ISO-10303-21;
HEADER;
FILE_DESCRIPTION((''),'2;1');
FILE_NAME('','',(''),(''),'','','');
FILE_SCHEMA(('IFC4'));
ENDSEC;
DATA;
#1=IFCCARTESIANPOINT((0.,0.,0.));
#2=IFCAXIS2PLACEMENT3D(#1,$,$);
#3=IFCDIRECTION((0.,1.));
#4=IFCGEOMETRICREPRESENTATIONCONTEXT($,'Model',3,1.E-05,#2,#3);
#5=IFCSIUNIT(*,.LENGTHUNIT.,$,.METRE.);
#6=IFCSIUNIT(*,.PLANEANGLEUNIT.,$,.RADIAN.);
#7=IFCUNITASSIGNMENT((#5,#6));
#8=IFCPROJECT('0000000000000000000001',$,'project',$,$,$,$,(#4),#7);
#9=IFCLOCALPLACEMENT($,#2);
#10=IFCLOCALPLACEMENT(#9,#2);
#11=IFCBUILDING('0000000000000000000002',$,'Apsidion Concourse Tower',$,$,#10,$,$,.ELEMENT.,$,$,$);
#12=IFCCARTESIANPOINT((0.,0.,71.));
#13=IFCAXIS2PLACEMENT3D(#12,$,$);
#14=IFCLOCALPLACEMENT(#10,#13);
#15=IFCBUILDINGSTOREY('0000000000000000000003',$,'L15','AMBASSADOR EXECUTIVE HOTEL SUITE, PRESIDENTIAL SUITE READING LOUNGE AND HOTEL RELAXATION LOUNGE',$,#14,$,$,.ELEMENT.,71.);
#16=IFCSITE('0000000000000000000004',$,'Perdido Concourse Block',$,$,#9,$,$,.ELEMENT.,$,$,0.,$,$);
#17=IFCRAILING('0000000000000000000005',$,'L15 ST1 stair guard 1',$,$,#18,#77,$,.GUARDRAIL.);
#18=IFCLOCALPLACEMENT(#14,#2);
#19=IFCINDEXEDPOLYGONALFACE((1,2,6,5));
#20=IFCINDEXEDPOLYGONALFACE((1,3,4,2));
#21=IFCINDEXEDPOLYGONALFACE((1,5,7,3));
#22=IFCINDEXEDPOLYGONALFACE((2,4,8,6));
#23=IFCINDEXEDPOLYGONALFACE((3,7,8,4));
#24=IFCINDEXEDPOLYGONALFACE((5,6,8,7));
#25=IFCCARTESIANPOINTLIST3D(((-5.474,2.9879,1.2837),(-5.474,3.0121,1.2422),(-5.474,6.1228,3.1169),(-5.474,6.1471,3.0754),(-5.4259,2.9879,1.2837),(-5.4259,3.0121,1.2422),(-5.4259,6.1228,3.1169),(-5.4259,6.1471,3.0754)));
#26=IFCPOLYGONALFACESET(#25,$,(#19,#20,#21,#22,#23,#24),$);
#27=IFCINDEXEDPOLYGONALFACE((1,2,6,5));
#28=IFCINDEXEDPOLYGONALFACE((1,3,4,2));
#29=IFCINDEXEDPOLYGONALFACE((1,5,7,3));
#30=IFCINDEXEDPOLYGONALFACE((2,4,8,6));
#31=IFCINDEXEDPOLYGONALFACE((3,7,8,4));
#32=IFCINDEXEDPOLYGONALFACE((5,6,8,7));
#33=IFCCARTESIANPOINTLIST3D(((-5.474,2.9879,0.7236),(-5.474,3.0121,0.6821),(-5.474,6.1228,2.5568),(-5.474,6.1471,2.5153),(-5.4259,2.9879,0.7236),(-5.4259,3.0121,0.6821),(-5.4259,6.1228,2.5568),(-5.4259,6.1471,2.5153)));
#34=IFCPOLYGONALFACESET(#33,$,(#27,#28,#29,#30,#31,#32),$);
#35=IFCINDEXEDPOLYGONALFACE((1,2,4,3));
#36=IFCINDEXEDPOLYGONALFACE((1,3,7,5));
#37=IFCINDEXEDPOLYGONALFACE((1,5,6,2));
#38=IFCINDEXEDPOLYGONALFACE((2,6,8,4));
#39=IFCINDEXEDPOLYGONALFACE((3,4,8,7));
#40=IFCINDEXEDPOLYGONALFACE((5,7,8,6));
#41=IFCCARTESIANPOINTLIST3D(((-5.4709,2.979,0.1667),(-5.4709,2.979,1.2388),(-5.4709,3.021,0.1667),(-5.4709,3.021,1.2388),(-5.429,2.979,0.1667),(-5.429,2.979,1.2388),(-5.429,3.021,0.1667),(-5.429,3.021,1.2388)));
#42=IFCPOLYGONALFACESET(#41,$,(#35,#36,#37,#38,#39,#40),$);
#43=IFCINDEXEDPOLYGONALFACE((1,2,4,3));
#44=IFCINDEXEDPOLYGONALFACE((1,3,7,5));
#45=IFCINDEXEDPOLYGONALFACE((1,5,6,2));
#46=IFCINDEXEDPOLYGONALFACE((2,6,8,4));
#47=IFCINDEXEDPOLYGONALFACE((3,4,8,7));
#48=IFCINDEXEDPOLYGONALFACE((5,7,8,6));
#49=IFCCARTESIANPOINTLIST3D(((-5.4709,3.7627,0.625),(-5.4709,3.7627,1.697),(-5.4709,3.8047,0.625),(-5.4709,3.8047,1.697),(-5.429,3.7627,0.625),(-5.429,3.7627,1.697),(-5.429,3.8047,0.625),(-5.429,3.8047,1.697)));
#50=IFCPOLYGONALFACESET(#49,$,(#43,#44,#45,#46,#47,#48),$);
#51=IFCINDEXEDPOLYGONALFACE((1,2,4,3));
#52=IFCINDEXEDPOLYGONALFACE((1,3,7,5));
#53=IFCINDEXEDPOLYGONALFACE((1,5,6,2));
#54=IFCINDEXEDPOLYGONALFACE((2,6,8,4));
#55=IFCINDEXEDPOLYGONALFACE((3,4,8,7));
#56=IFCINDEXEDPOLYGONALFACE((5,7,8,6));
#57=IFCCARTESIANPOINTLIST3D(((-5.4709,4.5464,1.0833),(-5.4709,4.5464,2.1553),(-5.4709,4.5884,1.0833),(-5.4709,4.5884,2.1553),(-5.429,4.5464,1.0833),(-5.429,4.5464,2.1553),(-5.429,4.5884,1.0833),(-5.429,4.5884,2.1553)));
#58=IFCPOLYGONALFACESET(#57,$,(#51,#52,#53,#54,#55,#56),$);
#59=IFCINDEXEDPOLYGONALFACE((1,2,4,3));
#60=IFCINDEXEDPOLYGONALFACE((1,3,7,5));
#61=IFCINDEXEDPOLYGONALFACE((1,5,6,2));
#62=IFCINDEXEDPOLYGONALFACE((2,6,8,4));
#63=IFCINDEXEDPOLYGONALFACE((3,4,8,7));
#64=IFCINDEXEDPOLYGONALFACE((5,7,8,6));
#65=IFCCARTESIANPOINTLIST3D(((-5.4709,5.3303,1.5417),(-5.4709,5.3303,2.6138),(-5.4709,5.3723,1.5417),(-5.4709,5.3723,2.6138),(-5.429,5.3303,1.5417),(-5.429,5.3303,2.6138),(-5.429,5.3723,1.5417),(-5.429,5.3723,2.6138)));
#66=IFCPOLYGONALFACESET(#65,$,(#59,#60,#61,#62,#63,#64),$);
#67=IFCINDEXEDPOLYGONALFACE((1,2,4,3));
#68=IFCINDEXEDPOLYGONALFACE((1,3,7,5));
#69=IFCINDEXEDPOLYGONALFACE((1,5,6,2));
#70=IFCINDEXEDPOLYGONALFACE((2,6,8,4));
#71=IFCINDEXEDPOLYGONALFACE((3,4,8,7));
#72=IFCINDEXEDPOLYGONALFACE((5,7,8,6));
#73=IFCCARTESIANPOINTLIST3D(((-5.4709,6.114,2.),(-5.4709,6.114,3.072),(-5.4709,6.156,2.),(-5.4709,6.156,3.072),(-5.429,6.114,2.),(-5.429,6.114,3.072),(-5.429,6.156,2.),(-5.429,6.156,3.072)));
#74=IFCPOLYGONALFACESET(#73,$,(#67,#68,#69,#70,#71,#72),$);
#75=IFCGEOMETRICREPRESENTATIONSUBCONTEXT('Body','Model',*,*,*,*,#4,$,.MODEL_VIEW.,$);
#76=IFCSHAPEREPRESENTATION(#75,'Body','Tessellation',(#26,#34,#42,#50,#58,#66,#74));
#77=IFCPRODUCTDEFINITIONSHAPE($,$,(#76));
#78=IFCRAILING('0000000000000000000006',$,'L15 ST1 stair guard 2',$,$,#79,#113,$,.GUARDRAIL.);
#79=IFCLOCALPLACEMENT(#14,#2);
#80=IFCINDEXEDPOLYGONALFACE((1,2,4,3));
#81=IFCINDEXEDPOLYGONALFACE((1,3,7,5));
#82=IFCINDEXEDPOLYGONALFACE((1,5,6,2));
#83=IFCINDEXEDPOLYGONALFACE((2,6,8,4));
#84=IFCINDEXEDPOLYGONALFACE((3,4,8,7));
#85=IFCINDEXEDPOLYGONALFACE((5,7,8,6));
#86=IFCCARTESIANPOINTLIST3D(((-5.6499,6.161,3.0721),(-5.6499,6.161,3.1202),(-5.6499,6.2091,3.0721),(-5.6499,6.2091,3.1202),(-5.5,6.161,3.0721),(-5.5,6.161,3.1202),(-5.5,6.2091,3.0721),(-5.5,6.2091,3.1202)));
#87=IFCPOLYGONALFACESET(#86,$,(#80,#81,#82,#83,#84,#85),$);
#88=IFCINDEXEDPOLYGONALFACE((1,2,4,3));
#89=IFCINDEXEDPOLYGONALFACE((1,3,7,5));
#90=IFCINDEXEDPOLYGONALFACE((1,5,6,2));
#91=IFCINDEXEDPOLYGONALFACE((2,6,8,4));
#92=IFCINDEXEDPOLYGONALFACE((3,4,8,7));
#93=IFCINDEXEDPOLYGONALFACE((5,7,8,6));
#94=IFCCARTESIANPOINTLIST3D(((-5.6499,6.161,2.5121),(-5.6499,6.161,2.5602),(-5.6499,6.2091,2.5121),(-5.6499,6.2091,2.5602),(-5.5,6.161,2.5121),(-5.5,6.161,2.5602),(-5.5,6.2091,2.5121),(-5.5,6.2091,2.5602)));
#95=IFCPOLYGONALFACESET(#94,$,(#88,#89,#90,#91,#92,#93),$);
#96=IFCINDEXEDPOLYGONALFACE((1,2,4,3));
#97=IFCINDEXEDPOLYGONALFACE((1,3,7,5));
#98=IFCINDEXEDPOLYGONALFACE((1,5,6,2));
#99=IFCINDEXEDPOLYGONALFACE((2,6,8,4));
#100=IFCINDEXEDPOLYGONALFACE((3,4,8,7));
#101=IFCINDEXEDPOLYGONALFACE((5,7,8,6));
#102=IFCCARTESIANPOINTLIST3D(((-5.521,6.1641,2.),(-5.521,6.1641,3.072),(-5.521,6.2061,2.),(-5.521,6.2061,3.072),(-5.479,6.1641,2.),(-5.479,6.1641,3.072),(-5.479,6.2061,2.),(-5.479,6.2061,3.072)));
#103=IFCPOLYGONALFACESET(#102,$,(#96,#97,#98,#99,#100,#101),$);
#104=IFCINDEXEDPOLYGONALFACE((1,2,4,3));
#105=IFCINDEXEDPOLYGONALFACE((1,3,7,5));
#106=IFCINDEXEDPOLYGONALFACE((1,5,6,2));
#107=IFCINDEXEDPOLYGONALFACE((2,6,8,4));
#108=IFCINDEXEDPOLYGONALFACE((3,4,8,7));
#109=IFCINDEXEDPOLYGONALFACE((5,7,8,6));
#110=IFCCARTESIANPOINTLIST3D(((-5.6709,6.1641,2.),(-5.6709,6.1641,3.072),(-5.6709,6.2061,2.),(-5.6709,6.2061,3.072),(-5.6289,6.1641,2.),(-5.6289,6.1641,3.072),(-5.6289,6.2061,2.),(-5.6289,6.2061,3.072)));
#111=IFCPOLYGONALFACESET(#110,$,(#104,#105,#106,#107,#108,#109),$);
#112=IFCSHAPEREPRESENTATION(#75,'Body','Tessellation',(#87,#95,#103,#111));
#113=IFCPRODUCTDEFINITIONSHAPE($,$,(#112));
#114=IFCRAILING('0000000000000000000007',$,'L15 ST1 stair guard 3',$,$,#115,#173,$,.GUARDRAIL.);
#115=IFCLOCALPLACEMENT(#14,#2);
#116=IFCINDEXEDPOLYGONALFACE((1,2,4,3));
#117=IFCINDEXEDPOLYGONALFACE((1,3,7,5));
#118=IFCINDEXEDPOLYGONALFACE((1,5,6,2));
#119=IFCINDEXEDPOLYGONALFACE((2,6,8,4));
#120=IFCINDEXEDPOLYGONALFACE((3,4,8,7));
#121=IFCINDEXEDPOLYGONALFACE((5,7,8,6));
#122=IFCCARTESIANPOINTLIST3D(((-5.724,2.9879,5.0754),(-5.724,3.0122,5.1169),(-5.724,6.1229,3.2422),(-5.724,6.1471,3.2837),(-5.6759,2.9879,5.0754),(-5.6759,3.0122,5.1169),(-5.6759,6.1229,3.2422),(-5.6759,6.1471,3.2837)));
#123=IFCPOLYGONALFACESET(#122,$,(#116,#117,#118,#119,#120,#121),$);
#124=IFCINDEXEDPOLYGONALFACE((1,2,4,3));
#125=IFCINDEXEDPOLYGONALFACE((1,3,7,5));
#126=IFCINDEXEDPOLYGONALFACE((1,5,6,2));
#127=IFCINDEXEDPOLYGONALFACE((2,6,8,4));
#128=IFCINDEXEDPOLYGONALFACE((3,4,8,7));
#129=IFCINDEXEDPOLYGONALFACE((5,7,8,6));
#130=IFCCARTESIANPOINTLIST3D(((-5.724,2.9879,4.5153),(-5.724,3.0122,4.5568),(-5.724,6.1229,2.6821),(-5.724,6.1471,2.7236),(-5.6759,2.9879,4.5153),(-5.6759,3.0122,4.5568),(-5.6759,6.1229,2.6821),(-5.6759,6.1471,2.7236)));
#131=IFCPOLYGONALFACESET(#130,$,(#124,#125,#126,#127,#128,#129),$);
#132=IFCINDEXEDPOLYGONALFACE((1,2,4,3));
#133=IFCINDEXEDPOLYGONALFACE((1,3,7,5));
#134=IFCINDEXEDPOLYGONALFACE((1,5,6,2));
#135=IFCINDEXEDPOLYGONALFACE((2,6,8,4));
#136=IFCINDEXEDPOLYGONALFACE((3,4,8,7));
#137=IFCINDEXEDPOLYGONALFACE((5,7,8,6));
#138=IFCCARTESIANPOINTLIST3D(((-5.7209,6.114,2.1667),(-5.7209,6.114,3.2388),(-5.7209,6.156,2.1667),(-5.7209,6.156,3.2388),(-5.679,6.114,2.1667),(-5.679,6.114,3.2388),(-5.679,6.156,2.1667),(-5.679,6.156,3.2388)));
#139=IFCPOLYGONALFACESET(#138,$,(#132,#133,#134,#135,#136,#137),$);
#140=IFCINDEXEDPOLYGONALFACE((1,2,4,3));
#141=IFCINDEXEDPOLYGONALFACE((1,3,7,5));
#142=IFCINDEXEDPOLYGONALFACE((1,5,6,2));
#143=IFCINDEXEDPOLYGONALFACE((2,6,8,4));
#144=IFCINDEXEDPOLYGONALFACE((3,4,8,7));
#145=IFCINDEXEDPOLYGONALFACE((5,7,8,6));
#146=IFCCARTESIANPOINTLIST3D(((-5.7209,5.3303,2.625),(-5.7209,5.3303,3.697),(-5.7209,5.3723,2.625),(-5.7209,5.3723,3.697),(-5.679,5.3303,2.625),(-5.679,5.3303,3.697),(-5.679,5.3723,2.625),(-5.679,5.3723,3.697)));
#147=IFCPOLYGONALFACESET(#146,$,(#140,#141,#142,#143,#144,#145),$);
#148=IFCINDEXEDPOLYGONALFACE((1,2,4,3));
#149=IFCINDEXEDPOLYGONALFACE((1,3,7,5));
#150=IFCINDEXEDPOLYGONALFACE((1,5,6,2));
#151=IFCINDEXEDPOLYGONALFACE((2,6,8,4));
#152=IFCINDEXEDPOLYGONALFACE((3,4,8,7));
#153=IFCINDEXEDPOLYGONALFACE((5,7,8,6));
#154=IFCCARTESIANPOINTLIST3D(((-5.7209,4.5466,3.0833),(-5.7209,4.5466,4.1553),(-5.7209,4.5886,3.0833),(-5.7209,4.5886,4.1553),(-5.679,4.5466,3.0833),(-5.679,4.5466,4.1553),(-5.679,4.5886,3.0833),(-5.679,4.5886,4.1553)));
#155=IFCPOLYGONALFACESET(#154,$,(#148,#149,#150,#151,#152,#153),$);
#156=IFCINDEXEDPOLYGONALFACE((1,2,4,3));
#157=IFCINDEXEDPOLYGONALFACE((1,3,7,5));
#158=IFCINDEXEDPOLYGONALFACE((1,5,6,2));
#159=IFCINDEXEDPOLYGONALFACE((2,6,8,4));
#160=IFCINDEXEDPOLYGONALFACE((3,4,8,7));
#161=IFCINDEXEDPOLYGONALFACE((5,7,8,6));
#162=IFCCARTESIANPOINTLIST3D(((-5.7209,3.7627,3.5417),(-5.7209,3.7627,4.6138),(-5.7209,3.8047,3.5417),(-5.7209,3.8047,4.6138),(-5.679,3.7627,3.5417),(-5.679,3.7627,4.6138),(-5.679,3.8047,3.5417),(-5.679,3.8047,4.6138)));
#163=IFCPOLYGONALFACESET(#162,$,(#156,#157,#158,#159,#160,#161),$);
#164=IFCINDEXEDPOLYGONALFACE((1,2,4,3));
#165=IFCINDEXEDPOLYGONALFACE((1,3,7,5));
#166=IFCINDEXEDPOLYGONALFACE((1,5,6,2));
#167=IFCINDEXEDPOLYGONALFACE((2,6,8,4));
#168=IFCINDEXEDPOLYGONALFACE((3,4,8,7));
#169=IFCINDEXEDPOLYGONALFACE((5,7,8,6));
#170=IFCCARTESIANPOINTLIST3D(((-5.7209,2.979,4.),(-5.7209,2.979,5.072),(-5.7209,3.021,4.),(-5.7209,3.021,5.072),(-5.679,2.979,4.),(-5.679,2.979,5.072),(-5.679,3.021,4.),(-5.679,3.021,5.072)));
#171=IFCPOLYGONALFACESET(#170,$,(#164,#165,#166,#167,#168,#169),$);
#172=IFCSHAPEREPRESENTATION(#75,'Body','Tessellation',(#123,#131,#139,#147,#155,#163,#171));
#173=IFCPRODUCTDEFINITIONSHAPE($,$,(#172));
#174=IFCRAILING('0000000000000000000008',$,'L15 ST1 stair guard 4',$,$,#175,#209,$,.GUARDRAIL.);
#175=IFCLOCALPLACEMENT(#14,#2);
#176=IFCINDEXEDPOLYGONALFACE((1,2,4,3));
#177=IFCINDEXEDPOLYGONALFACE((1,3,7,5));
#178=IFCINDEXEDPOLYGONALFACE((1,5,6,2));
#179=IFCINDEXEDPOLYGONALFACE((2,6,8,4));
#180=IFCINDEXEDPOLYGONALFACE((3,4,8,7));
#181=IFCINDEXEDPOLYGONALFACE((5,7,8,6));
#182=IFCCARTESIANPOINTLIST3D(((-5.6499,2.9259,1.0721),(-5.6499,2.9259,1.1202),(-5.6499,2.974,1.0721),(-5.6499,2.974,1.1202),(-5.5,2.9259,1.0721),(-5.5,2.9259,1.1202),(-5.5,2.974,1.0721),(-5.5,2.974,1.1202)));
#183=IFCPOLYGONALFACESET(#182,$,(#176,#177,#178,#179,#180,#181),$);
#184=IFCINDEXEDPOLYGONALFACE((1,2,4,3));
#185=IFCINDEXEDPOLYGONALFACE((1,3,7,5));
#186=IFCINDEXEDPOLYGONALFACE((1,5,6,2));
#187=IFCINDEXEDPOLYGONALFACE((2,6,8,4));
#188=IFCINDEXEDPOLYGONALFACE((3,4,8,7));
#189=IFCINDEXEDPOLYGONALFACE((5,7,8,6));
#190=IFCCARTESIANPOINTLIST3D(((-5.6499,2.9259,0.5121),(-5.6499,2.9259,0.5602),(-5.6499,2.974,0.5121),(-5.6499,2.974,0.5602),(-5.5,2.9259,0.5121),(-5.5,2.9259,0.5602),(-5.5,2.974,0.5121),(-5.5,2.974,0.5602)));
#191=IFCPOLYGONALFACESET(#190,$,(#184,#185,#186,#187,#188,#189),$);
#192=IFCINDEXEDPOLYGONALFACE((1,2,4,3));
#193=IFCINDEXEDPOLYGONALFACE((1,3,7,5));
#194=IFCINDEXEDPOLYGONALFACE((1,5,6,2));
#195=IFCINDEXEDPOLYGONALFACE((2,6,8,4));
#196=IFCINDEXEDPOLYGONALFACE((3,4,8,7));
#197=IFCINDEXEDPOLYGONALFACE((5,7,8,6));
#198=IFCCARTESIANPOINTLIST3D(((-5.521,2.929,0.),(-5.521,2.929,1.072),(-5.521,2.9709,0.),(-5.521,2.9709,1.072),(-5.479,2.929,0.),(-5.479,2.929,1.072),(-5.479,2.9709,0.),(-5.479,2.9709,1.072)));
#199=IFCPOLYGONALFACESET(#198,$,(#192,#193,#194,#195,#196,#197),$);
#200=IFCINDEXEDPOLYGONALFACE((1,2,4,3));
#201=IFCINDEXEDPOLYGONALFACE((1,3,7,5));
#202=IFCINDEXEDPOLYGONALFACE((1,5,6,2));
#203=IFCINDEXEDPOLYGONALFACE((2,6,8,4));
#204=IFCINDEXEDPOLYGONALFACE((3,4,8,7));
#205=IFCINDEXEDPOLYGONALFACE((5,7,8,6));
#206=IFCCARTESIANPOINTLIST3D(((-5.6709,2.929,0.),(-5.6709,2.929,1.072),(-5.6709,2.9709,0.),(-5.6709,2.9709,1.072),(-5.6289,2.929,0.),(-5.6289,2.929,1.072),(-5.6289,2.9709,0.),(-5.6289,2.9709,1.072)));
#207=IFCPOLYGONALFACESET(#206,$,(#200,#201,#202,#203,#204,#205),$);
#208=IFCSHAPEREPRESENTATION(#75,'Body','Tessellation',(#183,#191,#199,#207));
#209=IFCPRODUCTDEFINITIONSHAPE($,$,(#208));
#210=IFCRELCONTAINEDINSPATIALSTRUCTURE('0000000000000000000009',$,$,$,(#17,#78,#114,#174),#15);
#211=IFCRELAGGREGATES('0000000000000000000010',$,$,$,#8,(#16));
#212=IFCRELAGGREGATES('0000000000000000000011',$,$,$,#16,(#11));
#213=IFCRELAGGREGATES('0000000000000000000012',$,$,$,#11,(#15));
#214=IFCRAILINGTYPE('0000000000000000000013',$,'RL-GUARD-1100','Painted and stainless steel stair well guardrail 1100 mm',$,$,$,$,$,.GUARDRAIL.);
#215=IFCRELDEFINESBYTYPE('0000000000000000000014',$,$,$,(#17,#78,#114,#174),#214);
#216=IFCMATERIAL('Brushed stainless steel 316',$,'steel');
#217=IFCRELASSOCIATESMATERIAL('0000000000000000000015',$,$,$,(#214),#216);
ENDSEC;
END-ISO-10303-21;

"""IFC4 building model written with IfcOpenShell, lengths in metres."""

from ifc_helpers import new_model, si_unit, direction, frame, origin, origin_2d, place, context, subcontext, project, spatial, rectangle, extrude, material, type_object, element, save


model = new_model("IFC4")

# Units and contexts
model_context = context("Model", 3, precision=1e-05, world=origin(), true_north=direction((0.0, 1.0)))
body_context = subcontext(model_context, "Body", "Model", "MODEL_VIEW")
ifc_project = project(units=[si_unit("LENGTHUNIT", "METRE"), si_unit("PLANEANGLEUNIT", "RADIAN")], contexts=[model_context])

# Site, building, storey
site_placement = place(None, origin())
site = spatial("IfcSite", under=ifc_project, at=site_placement, Name="Perdido Concourse Block", CompositionType="ELEMENT", RefElevation=0.0)
building_placement = place(site_placement, origin())
building = spatial("IfcBuilding", under=site, at=building_placement, Name="Apsidion Concourse Tower", CompositionType="ELEMENT")
storey_placement = place(building_placement, frame((0.0, 0.0, 71.0)))
storey = spatial("IfcBuildingStorey", under=building, at=storey_placement, Name="L15", Description="AMBASSADOR EXECUTIVE HOTEL SUITE, PRESIDENTIAL SUITE READING LOUNGE AND HOTEL RELAXATION LOUNGE", CompositionType="ELEMENT", Elevation=71.0)

# Railings
ifc_material_1 = material(Name="Brushed stainless steel 316", Category="steel")
railing_type_1 = type_object("IfcRailingType", Name="RL-GUARD-1100", Description="Painted and stainless steel stair well guardrail 1100 mm", PredefinedType="GUARDRAIL", material=ifc_material_1)
railing_1_placement = place(storey_placement, frame((-5.45, 3.0, 0.1667)))
element("IfcRailing", 1, at=railing_1_placement, inside=storey, type_object=railing_type_1, Name="L15 ST1 stair guard 1", PredefinedType="GUARDRAIL", context=body_context, shape_type="SweptSolid", body=[
    extrude(rectangle(XDim=0.0481, YDim=0.0481, at=origin_2d()), frame((0.0, 0.0, 1.0962), z_axis=(0.0, 0.86324, 0.504794), x_axis=(-1.0, 0.0, 0.0)), (0.0, 0.0, 1.0), 3.6316),
    extrude(rectangle(XDim=0.0481, YDim=0.0481, at=origin_2d()), frame((0.0, 0.0, 0.5361), z_axis=(0.0, 0.86324, 0.504794), x_axis=(-1.0, 0.0, 0.0)), (0.0, 0.0, 1.0), 3.6316),
    extrude(rectangle(XDim=0.042, YDim=0.042, at=origin_2d()), origin(), (0.0, 0.0, 1.0), 1.072),
    extrude(rectangle(XDim=0.042, YDim=0.042, at=origin_2d()), frame((0.0, 0.7837, 0.4583)), (0.0, 0.0, 1.0), 1.072),
    extrude(rectangle(XDim=0.042, YDim=0.042, at=origin_2d()), frame((0.0, 1.5674, 0.9165)), (0.0, 0.0, 1.0), 1.072),
    extrude(rectangle(XDim=0.042, YDim=0.042, at=origin_2d()), frame((0.0, 2.3513, 1.375)), (0.0, 0.0, 1.0), 1.072),
    extrude(rectangle(XDim=0.042, YDim=0.042, at=origin_2d()), frame((0.0, 3.135, 1.8333)), (0.0, 0.0, 1.0), 1.072),
])
railing_2_placement = place(storey_placement, frame((-5.5, 6.1851, 2.0)))
element("IfcRailing", 2, at=railing_2_placement, inside=storey, type_object=railing_type_1, Name="L15 ST1 stair guard 2", PredefinedType="GUARDRAIL", context=body_context, shape_type="SweptSolid", body=[
    extrude(rectangle(XDim=0.0481, YDim=0.0481, at=origin_2d()), frame((0.0, 0.0, 1.0962), z_axis=(-1.0, 0.0, 0.0), x_axis=(0.0, -1.0, 0.0)), (0.0, 0.0, 1.0), 0.1499),
    extrude(rectangle(XDim=0.0481, YDim=0.0481, at=origin_2d()), frame((0.0, 0.0, 0.5361), z_axis=(-1.0, 0.0, 0.0), x_axis=(0.0, -1.0, 0.0)), (0.0, 0.0, 1.0), 0.1499),
    extrude(rectangle(XDim=0.042, YDim=0.042, at=origin_2d()), origin(), (0.0, 0.0, 1.0), 1.072),
    extrude(rectangle(XDim=0.042, YDim=0.042, at=origin_2d()), frame((-0.1499, 0.0, 0.0)), (0.0, 0.0, 1.0), 1.072),
])
railing_3_placement = place(storey_placement, frame((-5.7, 6.135, 2.1667)))
element("IfcRailing", 3, at=railing_3_placement, inside=storey, type_object=railing_type_1, Name="L15 ST1 stair guard 3", PredefinedType="GUARDRAIL", context=body_context, shape_type="SweptSolid", body=[
    extrude(rectangle(XDim=0.0481, YDim=0.0481, at=origin_2d()), frame((0.0, 0.0, 1.0962), z_axis=(0.0, -0.86324, 0.504794), x_axis=(1.0, 0.0, 0.0)), (0.0, 0.0, 1.0), 3.6316),
    extrude(rectangle(XDim=0.0481, YDim=0.0481, at=origin_2d()), frame((0.0, 0.0, 0.5361), z_axis=(0.0, -0.86324, 0.504794), x_axis=(1.0, 0.0, 0.0)), (0.0, 0.0, 1.0), 3.6316),
    extrude(rectangle(XDim=0.042, YDim=0.042, at=origin_2d()), origin(), (0.0, 0.0, 1.0), 1.072),
    extrude(rectangle(XDim=0.042, YDim=0.042, at=origin_2d()), frame((0.0, -0.7837, 0.4583)), (0.0, 0.0, 1.0), 1.072),
    extrude(rectangle(XDim=0.042, YDim=0.042, at=origin_2d()), frame((0.0, -1.5674, 0.9165)), (0.0, 0.0, 1.0), 1.072),
    extrude(rectangle(XDim=0.042, YDim=0.042, at=origin_2d()), frame((0.0, -2.3513, 1.375)), (0.0, 0.0, 1.0), 1.072),
    extrude(rectangle(XDim=0.042, YDim=0.042, at=origin_2d()), frame((0.0, -3.135, 1.8333)), (0.0, 0.0, 1.0), 1.072),
])
railing_4_placement = place(storey_placement, frame((-5.5, 2.95, 0.0)))
element("IfcRailing", 4, at=railing_4_placement, inside=storey, type_object=railing_type_1, Name="L15 ST1 stair guard 4", PredefinedType="GUARDRAIL", context=body_context, shape_type="SweptSolid", body=[
    extrude(rectangle(XDim=0.0481, YDim=0.0481, at=origin_2d()), frame((0.0, 0.0, 1.0962), z_axis=(-1.0, 0.0, 0.0), x_axis=(0.0, -1.0, 0.0)), (0.0, 0.0, 1.0), 0.1499),
    extrude(rectangle(XDim=0.0481, YDim=0.0481, at=origin_2d()), frame((0.0, 0.0, 0.5361), z_axis=(-1.0, 0.0, 0.0), x_axis=(0.0, -1.0, 0.0)), (0.0, 0.0, 1.0), 0.1499),
    extrude(rectangle(XDim=0.042, YDim=0.042, at=origin_2d()), origin(), (0.0, 0.0, 1.0), 1.072),
    extrude(rectangle(XDim=0.042, YDim=0.042, at=origin_2d()), frame((-0.1499, 0.0, 0.0)), (0.0, 0.0, 1.0), 1.072),
])

save(model, "model.ifc")
